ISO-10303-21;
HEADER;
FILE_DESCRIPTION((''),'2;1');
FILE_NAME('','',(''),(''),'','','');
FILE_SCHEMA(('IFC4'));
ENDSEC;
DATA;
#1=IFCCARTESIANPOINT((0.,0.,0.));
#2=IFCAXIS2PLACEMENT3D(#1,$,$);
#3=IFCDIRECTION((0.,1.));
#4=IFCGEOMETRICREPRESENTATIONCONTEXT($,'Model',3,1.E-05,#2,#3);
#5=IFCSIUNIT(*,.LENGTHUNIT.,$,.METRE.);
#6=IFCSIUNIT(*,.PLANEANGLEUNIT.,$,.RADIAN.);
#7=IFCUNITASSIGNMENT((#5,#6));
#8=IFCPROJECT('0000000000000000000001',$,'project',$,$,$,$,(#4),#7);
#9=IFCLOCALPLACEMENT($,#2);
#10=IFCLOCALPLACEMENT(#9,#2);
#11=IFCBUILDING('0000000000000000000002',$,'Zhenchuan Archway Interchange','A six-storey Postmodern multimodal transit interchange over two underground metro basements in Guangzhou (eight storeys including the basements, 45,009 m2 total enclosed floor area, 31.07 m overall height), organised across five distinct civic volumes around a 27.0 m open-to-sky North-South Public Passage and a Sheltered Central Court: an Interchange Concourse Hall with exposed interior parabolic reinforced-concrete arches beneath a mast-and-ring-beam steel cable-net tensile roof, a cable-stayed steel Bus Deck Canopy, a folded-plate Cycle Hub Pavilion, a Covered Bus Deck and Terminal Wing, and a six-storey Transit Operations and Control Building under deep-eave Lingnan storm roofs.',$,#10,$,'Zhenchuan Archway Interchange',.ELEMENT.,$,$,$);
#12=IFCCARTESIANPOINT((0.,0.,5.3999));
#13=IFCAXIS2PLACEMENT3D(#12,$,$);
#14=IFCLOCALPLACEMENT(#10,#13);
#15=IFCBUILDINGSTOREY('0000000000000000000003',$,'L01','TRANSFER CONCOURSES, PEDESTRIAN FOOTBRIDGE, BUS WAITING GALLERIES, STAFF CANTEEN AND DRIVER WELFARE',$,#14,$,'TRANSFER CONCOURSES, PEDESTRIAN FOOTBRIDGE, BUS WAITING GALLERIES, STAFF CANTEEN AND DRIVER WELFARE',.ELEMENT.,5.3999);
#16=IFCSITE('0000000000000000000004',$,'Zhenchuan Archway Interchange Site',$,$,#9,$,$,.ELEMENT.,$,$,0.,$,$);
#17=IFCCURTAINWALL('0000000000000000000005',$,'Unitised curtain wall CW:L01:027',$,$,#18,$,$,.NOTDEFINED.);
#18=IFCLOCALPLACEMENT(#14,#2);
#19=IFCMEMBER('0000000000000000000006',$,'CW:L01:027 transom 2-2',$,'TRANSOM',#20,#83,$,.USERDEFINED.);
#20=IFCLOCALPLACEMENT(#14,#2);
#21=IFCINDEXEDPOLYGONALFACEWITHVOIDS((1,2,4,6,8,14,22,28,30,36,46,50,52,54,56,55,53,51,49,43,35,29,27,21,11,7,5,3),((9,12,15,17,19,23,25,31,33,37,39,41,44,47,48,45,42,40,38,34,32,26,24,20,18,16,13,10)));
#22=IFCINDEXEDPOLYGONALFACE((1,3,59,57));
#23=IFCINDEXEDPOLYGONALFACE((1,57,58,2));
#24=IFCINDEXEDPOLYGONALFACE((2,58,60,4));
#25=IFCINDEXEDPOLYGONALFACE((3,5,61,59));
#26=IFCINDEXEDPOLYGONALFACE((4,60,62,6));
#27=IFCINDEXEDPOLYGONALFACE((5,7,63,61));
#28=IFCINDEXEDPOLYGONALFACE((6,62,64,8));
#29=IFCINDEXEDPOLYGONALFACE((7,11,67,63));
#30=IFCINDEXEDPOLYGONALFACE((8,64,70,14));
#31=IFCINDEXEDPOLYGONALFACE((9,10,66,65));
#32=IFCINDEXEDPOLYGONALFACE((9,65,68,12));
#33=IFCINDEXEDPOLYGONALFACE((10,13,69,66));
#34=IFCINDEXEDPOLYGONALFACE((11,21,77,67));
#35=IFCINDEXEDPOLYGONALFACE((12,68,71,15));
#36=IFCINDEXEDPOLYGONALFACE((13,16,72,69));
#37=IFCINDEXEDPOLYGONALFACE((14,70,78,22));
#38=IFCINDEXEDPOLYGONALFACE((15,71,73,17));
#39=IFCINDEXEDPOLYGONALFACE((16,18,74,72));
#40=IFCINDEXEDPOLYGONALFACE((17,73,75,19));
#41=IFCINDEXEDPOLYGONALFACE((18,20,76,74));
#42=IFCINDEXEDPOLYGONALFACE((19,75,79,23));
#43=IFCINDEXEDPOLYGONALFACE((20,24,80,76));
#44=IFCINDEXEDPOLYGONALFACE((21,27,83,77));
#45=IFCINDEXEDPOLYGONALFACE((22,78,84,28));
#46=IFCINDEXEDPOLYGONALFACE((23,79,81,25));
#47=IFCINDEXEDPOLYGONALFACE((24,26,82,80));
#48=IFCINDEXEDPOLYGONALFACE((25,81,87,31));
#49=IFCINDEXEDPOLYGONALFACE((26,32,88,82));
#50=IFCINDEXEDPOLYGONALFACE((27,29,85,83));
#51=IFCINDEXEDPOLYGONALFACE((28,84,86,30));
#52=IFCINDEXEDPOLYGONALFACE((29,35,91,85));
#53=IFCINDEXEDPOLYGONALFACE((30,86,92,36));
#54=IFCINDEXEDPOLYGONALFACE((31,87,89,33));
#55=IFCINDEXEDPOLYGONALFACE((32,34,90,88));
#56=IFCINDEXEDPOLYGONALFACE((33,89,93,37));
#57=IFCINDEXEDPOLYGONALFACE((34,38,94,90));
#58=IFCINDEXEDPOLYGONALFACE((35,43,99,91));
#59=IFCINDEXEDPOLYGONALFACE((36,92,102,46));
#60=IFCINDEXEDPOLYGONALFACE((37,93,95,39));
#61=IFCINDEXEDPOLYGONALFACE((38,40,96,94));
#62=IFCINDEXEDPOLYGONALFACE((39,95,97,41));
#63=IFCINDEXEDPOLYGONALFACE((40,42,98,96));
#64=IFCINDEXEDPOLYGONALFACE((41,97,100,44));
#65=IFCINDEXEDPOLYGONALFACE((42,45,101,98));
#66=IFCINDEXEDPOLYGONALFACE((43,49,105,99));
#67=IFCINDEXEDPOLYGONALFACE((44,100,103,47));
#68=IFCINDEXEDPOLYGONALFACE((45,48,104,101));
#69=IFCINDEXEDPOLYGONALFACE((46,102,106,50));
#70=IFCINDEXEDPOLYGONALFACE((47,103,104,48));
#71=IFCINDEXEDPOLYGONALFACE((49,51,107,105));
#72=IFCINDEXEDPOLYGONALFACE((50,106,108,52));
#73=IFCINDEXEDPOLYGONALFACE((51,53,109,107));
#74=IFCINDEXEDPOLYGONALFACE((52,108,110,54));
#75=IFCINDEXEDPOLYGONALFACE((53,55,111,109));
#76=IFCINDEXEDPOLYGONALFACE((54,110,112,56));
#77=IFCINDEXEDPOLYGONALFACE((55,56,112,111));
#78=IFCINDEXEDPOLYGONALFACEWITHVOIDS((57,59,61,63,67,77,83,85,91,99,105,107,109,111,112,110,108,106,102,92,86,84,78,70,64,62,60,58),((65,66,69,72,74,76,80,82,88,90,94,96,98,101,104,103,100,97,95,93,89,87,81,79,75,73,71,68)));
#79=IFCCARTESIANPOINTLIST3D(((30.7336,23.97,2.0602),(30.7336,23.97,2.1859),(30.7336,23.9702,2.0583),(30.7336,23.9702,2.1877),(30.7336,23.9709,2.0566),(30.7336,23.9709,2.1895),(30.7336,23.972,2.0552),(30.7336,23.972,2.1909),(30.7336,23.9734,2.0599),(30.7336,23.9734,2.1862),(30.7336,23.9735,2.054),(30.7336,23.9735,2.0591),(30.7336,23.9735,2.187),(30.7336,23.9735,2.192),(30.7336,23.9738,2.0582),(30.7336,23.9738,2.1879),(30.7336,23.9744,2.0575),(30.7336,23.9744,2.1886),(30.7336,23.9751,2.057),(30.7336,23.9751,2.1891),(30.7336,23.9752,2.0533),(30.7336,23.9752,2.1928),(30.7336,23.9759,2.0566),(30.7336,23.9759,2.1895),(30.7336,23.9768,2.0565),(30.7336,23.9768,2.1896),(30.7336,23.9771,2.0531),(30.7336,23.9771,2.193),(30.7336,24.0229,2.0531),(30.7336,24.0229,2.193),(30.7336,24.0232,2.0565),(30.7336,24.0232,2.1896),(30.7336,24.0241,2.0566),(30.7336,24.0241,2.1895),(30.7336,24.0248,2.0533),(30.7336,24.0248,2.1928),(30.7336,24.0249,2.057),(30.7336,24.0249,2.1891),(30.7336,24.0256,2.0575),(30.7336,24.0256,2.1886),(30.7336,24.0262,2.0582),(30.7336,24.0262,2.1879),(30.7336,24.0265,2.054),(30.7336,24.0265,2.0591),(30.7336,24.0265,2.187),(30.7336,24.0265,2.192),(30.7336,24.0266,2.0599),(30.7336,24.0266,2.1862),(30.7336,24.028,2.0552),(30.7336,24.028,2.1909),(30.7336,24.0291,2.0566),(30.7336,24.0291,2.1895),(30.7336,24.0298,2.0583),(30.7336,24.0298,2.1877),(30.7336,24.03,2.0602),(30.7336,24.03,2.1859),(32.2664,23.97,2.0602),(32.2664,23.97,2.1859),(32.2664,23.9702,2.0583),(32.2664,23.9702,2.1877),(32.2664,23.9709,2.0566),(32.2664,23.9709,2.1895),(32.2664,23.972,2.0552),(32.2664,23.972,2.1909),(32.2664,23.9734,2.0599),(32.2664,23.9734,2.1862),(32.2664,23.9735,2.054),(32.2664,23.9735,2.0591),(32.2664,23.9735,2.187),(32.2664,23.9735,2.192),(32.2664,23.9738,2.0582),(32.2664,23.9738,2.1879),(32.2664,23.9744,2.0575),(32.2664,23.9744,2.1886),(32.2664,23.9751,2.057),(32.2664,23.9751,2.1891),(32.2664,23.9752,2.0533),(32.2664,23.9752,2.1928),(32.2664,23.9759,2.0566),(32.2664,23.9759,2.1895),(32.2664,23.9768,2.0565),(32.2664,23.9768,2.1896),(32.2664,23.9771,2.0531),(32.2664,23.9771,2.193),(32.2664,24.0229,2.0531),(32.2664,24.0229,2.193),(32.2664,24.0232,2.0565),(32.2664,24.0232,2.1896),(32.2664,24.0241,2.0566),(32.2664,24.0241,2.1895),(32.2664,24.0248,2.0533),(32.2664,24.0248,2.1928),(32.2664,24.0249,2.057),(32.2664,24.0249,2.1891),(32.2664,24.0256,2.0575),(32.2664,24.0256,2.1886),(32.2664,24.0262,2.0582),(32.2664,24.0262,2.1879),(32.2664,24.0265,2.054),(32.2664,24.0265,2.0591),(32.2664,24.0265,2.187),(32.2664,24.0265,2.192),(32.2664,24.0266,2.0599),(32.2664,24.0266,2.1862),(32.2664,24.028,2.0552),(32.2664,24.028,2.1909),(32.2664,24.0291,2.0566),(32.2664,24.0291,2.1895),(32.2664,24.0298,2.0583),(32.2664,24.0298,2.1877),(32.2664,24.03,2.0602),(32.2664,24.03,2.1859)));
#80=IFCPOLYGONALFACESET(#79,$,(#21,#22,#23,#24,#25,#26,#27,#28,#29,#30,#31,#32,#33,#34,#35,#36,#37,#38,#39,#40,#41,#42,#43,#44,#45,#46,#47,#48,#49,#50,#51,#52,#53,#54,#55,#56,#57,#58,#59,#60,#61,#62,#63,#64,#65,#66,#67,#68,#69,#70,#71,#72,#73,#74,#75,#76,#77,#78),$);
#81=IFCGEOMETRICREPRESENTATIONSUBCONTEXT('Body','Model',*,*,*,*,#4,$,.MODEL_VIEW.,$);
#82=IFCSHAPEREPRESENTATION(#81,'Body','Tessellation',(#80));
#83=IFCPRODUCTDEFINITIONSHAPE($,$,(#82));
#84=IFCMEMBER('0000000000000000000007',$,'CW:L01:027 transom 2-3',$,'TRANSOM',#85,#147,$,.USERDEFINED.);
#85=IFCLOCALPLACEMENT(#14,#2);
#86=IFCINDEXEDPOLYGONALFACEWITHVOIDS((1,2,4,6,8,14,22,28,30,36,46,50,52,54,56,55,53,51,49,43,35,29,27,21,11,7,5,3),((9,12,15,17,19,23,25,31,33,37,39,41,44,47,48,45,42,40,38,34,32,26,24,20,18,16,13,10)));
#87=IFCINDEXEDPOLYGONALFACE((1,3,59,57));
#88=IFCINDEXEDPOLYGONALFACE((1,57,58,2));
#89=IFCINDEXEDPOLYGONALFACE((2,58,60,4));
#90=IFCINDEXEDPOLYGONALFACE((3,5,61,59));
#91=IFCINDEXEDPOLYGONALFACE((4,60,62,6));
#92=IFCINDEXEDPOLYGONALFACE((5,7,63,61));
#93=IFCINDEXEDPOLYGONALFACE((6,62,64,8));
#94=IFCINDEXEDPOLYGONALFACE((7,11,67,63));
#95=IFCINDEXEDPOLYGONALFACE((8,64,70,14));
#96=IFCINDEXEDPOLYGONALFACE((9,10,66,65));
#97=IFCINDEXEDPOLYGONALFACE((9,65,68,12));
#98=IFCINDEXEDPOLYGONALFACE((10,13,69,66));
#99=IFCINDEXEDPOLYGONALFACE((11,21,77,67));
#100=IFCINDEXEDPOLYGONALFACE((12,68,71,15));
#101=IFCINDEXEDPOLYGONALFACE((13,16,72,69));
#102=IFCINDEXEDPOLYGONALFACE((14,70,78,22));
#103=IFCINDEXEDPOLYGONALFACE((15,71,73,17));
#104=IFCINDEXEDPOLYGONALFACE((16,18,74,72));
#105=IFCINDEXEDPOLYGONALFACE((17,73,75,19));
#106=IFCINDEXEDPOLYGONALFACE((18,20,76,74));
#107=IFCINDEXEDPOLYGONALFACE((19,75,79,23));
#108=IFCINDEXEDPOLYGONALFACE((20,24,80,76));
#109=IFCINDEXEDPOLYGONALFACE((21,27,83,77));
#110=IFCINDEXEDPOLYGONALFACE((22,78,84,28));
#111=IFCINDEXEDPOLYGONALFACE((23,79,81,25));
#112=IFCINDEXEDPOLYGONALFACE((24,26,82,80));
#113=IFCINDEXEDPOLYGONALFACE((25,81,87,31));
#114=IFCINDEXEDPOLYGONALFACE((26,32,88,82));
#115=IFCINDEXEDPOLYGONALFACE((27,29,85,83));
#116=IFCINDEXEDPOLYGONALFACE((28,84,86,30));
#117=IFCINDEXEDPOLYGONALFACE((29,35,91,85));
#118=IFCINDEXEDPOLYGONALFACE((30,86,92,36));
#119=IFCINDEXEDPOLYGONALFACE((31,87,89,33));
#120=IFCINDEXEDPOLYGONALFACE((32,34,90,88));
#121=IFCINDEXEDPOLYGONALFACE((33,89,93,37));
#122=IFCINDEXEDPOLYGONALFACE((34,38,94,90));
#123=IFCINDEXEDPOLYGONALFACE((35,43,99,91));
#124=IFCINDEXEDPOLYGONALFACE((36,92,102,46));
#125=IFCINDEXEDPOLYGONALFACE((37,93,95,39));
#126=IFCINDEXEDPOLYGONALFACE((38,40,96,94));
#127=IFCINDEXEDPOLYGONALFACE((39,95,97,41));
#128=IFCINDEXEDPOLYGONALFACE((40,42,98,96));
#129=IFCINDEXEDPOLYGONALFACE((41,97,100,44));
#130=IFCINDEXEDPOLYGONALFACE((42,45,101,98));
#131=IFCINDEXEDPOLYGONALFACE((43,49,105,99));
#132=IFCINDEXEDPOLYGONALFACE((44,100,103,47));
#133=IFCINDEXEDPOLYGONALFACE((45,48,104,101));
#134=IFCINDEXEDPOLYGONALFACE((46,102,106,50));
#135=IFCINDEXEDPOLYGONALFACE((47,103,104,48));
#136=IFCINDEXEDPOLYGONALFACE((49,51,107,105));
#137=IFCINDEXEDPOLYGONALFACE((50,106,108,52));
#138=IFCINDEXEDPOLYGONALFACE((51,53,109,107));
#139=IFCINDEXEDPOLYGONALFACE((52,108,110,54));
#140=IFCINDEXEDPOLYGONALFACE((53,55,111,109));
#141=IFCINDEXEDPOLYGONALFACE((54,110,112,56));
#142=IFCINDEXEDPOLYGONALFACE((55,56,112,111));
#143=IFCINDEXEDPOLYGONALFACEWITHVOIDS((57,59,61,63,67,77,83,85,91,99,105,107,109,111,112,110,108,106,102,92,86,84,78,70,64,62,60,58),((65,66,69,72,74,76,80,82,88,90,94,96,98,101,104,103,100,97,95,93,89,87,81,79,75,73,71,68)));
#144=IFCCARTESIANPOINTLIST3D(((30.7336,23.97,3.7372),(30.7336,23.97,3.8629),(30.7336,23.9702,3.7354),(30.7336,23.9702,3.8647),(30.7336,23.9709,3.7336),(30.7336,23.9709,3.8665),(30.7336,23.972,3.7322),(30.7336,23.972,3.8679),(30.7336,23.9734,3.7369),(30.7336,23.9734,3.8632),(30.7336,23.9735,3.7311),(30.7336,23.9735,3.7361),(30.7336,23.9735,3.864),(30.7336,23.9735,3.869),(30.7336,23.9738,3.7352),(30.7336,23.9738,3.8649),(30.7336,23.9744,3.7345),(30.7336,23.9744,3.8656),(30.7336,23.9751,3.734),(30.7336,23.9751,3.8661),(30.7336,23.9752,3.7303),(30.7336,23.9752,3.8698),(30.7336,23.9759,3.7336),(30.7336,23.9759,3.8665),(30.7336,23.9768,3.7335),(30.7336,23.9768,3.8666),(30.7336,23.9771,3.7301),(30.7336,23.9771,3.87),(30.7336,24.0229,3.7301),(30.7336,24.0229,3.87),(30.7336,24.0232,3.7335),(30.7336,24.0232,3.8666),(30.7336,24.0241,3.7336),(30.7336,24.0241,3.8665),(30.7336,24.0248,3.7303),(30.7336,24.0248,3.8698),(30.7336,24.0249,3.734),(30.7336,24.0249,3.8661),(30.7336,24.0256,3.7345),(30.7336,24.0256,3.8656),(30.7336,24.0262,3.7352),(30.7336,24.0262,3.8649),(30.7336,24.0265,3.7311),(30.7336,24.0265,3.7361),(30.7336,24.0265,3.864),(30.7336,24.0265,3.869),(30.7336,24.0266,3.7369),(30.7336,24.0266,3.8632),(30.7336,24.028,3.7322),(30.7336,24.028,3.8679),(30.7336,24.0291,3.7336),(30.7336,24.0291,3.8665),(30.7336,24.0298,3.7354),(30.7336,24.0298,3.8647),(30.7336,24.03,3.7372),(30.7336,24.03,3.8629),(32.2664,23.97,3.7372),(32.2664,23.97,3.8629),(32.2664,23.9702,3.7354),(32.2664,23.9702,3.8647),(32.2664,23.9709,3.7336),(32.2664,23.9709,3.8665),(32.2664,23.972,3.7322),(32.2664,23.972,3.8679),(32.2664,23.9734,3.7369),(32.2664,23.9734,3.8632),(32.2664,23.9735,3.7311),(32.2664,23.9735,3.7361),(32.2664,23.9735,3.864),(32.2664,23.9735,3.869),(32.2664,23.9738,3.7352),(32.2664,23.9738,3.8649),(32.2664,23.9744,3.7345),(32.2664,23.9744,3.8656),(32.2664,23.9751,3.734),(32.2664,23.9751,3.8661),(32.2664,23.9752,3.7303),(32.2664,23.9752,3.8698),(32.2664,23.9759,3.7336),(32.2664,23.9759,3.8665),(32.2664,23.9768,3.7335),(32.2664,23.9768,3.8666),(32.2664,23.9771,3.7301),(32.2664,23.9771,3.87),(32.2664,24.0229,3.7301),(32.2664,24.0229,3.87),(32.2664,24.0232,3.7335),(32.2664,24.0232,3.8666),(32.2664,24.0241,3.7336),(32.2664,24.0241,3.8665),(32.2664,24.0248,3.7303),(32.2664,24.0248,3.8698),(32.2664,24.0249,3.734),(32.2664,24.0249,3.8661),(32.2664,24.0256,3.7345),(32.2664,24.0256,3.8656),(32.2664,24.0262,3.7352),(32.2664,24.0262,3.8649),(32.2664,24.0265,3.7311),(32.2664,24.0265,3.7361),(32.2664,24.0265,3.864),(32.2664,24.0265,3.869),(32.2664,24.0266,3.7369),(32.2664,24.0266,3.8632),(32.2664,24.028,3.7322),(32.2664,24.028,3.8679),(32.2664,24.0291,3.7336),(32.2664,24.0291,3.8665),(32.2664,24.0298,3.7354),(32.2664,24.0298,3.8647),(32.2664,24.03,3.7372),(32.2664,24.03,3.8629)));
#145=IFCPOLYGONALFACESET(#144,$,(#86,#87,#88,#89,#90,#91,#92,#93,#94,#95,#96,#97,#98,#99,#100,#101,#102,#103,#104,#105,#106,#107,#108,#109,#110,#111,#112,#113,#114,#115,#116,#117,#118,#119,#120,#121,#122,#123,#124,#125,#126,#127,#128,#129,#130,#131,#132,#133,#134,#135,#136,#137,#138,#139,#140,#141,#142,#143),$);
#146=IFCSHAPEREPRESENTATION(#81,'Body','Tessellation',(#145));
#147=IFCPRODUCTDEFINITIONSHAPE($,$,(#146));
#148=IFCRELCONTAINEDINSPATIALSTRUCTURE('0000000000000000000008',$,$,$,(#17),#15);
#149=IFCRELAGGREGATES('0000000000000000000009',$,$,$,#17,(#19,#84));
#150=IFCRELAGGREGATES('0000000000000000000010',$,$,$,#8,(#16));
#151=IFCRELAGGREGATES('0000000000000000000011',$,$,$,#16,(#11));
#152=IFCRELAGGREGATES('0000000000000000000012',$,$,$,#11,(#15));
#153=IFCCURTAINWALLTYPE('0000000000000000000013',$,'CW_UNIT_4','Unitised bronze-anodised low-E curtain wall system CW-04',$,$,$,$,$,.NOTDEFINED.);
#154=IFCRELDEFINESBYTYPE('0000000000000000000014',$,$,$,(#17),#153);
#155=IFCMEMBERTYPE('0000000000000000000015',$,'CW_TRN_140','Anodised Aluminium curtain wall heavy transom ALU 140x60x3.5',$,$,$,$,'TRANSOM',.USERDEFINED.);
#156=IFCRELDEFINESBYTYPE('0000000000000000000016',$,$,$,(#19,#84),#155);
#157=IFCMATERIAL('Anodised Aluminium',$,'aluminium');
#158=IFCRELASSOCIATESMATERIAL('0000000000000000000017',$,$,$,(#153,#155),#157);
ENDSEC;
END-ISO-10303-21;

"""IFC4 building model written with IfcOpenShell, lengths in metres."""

from ifc_helpers import new_model, si_unit, direction, frame, origin, origin_2d, place, context, subcontext, project, spatial, hollow_rectangle, extrude, material, material_profile, profile_set, type_object, element, aggregate, save


model = new_model("IFC4")

# Units and contexts
model_context = context("Model", 3, precision=1e-05, world=origin(), true_north=direction((0.0, 1.0)))
body_context = subcontext(model_context, "Body", "Model", "MODEL_VIEW")
ifc_project = project(units=[si_unit("LENGTHUNIT", "METRE"), si_unit("PLANEANGLEUNIT", "RADIAN")], contexts=[model_context])

# Site, building, storey
site_placement = place(None, origin())
site = spatial("IfcSite", under=ifc_project, at=site_placement, Name="Zhenchuan Archway Interchange Site", CompositionType="ELEMENT", RefElevation=0.0)
building_placement = place(site_placement, origin())
building = spatial("IfcBuilding", under=site, at=building_placement, Name="Zhenchuan Archway Interchange", Description="A six-storey Postmodern multimodal transit interchange over two underground metro basements in Guangzhou (eight storeys including the basements, 45,009 m2 total enclosed floor area, 31.07 m overall height), organised across five distinct civic volumes around a 27.0 m open-to-sky North-South Public Passage and a Sheltered Central Court: an Interchange Concourse Hall with exposed interior parabolic reinforced-concrete arches beneath a mast-and-ring-beam steel cable-net tensile roof, a cable-stayed steel Bus Deck Canopy, a folded-plate Cycle Hub Pavilion, a Covered Bus Deck and Terminal Wing, and a six-storey Transit Operations and Control Building under deep-eave Lingnan storm roofs.", LongName="Zhenchuan Archway Interchange", CompositionType="ELEMENT")
storey_placement = place(building_placement, frame((0.0, 0.0, 5.3999)))
storey = spatial("IfcBuildingStorey", under=building, at=storey_placement, Name="L01", Description="TRANSFER CONCOURSES, PEDESTRIAN FOOTBRIDGE, BUS WAITING GALLERIES, STAFF CANTEEN AND DRIVER WELFARE", LongName="TRANSFER CONCOURSES, PEDESTRIAN FOOTBRIDGE, BUS WAITING GALLERIES, STAFF CANTEEN AND DRIVER WELFARE", CompositionType="ELEMENT", Elevation=5.3999)

# Curtain wall, members
ifc_material_1 = material(Name="Anodised Aluminium", Category="aluminium")
curtain_wall_type = type_object("IfcCurtainWallType", Name="CW_UNIT_4", Description="Unitised bronze-anodised low-E curtain wall system CW-04", PredefinedType="NOTDEFINED", material=ifc_material_1)
curtain_wall_placement = place(storey_placement, origin())
curtain_wall = element("IfcCurtainWall", 1, at=curtain_wall_placement, inside=storey, type_object=curtain_wall_type, Name="Unitised curtain wall CW:L01:027", PredefinedType="NOTDEFINED")
ifc_material_profile_1 = material_profile(ifc_material_1, hollow_rectangle(XDim=0.0601, YDim=0.1399, WallThickness=0.0034, InnerFilletRadius=0.0034, OuterFilletRadius=0.0071, at=origin_2d()), Name="ALU 140x60x3.5")
ifc_profile_set_1 = profile_set([ifc_material_profile_1], Name="Anodised Aluminium")
member_type_1 = type_object("IfcMemberType", Name="CW_TRN_140", Description="Anodised Aluminium curtain wall heavy transom ALU 140x60x3.5", ElementType="TRANSOM", PredefinedType="USERDEFINED", material=ifc_profile_set_1)
member_1_placement = place(storey_placement, frame((32.2664, 24.0, 2.123), z_axis=(-1.0, 0.0, 0.0), x_axis=(0.0, -1.0, 0.0)))
member_1 = element("IfcMember", 2, at=member_1_placement, type_object=member_type_1, Name="CW:L01:027 transom 2-2", ObjectType="TRANSOM", PredefinedType="USERDEFINED", context=body_context, shape_type="SweptSolid", body=[
    extrude(hollow_rectangle(XDim=0.0601, YDim=0.1399, WallThickness=0.0034, InnerFilletRadius=0.0034, OuterFilletRadius=0.0071, at=origin_2d()), origin(), (0.0, 0.0, 1.0), 1.5327),
])
member_2_placement = place(storey_placement, frame((32.2664, 24.0, 3.8), z_axis=(-1.0, 0.0, 0.0), x_axis=(0.0, -1.0, 0.0)))
member_2 = element("IfcMember", 3, at=member_2_placement, type_object=member_type_1, Name="CW:L01:027 transom 2-3", ObjectType="TRANSOM", PredefinedType="USERDEFINED", context=body_context, shape_type="SweptSolid", body=[
    extrude(hollow_rectangle(XDim=0.0601, YDim=0.1399, WallThickness=0.0034, InnerFilletRadius=0.0034, OuterFilletRadius=0.0071, at=origin_2d()), origin(), (0.0, 0.0, 1.0), 1.5327),
])

aggregate(curtain_wall, [member_1, member_2])

save(model, "model.ifc")
